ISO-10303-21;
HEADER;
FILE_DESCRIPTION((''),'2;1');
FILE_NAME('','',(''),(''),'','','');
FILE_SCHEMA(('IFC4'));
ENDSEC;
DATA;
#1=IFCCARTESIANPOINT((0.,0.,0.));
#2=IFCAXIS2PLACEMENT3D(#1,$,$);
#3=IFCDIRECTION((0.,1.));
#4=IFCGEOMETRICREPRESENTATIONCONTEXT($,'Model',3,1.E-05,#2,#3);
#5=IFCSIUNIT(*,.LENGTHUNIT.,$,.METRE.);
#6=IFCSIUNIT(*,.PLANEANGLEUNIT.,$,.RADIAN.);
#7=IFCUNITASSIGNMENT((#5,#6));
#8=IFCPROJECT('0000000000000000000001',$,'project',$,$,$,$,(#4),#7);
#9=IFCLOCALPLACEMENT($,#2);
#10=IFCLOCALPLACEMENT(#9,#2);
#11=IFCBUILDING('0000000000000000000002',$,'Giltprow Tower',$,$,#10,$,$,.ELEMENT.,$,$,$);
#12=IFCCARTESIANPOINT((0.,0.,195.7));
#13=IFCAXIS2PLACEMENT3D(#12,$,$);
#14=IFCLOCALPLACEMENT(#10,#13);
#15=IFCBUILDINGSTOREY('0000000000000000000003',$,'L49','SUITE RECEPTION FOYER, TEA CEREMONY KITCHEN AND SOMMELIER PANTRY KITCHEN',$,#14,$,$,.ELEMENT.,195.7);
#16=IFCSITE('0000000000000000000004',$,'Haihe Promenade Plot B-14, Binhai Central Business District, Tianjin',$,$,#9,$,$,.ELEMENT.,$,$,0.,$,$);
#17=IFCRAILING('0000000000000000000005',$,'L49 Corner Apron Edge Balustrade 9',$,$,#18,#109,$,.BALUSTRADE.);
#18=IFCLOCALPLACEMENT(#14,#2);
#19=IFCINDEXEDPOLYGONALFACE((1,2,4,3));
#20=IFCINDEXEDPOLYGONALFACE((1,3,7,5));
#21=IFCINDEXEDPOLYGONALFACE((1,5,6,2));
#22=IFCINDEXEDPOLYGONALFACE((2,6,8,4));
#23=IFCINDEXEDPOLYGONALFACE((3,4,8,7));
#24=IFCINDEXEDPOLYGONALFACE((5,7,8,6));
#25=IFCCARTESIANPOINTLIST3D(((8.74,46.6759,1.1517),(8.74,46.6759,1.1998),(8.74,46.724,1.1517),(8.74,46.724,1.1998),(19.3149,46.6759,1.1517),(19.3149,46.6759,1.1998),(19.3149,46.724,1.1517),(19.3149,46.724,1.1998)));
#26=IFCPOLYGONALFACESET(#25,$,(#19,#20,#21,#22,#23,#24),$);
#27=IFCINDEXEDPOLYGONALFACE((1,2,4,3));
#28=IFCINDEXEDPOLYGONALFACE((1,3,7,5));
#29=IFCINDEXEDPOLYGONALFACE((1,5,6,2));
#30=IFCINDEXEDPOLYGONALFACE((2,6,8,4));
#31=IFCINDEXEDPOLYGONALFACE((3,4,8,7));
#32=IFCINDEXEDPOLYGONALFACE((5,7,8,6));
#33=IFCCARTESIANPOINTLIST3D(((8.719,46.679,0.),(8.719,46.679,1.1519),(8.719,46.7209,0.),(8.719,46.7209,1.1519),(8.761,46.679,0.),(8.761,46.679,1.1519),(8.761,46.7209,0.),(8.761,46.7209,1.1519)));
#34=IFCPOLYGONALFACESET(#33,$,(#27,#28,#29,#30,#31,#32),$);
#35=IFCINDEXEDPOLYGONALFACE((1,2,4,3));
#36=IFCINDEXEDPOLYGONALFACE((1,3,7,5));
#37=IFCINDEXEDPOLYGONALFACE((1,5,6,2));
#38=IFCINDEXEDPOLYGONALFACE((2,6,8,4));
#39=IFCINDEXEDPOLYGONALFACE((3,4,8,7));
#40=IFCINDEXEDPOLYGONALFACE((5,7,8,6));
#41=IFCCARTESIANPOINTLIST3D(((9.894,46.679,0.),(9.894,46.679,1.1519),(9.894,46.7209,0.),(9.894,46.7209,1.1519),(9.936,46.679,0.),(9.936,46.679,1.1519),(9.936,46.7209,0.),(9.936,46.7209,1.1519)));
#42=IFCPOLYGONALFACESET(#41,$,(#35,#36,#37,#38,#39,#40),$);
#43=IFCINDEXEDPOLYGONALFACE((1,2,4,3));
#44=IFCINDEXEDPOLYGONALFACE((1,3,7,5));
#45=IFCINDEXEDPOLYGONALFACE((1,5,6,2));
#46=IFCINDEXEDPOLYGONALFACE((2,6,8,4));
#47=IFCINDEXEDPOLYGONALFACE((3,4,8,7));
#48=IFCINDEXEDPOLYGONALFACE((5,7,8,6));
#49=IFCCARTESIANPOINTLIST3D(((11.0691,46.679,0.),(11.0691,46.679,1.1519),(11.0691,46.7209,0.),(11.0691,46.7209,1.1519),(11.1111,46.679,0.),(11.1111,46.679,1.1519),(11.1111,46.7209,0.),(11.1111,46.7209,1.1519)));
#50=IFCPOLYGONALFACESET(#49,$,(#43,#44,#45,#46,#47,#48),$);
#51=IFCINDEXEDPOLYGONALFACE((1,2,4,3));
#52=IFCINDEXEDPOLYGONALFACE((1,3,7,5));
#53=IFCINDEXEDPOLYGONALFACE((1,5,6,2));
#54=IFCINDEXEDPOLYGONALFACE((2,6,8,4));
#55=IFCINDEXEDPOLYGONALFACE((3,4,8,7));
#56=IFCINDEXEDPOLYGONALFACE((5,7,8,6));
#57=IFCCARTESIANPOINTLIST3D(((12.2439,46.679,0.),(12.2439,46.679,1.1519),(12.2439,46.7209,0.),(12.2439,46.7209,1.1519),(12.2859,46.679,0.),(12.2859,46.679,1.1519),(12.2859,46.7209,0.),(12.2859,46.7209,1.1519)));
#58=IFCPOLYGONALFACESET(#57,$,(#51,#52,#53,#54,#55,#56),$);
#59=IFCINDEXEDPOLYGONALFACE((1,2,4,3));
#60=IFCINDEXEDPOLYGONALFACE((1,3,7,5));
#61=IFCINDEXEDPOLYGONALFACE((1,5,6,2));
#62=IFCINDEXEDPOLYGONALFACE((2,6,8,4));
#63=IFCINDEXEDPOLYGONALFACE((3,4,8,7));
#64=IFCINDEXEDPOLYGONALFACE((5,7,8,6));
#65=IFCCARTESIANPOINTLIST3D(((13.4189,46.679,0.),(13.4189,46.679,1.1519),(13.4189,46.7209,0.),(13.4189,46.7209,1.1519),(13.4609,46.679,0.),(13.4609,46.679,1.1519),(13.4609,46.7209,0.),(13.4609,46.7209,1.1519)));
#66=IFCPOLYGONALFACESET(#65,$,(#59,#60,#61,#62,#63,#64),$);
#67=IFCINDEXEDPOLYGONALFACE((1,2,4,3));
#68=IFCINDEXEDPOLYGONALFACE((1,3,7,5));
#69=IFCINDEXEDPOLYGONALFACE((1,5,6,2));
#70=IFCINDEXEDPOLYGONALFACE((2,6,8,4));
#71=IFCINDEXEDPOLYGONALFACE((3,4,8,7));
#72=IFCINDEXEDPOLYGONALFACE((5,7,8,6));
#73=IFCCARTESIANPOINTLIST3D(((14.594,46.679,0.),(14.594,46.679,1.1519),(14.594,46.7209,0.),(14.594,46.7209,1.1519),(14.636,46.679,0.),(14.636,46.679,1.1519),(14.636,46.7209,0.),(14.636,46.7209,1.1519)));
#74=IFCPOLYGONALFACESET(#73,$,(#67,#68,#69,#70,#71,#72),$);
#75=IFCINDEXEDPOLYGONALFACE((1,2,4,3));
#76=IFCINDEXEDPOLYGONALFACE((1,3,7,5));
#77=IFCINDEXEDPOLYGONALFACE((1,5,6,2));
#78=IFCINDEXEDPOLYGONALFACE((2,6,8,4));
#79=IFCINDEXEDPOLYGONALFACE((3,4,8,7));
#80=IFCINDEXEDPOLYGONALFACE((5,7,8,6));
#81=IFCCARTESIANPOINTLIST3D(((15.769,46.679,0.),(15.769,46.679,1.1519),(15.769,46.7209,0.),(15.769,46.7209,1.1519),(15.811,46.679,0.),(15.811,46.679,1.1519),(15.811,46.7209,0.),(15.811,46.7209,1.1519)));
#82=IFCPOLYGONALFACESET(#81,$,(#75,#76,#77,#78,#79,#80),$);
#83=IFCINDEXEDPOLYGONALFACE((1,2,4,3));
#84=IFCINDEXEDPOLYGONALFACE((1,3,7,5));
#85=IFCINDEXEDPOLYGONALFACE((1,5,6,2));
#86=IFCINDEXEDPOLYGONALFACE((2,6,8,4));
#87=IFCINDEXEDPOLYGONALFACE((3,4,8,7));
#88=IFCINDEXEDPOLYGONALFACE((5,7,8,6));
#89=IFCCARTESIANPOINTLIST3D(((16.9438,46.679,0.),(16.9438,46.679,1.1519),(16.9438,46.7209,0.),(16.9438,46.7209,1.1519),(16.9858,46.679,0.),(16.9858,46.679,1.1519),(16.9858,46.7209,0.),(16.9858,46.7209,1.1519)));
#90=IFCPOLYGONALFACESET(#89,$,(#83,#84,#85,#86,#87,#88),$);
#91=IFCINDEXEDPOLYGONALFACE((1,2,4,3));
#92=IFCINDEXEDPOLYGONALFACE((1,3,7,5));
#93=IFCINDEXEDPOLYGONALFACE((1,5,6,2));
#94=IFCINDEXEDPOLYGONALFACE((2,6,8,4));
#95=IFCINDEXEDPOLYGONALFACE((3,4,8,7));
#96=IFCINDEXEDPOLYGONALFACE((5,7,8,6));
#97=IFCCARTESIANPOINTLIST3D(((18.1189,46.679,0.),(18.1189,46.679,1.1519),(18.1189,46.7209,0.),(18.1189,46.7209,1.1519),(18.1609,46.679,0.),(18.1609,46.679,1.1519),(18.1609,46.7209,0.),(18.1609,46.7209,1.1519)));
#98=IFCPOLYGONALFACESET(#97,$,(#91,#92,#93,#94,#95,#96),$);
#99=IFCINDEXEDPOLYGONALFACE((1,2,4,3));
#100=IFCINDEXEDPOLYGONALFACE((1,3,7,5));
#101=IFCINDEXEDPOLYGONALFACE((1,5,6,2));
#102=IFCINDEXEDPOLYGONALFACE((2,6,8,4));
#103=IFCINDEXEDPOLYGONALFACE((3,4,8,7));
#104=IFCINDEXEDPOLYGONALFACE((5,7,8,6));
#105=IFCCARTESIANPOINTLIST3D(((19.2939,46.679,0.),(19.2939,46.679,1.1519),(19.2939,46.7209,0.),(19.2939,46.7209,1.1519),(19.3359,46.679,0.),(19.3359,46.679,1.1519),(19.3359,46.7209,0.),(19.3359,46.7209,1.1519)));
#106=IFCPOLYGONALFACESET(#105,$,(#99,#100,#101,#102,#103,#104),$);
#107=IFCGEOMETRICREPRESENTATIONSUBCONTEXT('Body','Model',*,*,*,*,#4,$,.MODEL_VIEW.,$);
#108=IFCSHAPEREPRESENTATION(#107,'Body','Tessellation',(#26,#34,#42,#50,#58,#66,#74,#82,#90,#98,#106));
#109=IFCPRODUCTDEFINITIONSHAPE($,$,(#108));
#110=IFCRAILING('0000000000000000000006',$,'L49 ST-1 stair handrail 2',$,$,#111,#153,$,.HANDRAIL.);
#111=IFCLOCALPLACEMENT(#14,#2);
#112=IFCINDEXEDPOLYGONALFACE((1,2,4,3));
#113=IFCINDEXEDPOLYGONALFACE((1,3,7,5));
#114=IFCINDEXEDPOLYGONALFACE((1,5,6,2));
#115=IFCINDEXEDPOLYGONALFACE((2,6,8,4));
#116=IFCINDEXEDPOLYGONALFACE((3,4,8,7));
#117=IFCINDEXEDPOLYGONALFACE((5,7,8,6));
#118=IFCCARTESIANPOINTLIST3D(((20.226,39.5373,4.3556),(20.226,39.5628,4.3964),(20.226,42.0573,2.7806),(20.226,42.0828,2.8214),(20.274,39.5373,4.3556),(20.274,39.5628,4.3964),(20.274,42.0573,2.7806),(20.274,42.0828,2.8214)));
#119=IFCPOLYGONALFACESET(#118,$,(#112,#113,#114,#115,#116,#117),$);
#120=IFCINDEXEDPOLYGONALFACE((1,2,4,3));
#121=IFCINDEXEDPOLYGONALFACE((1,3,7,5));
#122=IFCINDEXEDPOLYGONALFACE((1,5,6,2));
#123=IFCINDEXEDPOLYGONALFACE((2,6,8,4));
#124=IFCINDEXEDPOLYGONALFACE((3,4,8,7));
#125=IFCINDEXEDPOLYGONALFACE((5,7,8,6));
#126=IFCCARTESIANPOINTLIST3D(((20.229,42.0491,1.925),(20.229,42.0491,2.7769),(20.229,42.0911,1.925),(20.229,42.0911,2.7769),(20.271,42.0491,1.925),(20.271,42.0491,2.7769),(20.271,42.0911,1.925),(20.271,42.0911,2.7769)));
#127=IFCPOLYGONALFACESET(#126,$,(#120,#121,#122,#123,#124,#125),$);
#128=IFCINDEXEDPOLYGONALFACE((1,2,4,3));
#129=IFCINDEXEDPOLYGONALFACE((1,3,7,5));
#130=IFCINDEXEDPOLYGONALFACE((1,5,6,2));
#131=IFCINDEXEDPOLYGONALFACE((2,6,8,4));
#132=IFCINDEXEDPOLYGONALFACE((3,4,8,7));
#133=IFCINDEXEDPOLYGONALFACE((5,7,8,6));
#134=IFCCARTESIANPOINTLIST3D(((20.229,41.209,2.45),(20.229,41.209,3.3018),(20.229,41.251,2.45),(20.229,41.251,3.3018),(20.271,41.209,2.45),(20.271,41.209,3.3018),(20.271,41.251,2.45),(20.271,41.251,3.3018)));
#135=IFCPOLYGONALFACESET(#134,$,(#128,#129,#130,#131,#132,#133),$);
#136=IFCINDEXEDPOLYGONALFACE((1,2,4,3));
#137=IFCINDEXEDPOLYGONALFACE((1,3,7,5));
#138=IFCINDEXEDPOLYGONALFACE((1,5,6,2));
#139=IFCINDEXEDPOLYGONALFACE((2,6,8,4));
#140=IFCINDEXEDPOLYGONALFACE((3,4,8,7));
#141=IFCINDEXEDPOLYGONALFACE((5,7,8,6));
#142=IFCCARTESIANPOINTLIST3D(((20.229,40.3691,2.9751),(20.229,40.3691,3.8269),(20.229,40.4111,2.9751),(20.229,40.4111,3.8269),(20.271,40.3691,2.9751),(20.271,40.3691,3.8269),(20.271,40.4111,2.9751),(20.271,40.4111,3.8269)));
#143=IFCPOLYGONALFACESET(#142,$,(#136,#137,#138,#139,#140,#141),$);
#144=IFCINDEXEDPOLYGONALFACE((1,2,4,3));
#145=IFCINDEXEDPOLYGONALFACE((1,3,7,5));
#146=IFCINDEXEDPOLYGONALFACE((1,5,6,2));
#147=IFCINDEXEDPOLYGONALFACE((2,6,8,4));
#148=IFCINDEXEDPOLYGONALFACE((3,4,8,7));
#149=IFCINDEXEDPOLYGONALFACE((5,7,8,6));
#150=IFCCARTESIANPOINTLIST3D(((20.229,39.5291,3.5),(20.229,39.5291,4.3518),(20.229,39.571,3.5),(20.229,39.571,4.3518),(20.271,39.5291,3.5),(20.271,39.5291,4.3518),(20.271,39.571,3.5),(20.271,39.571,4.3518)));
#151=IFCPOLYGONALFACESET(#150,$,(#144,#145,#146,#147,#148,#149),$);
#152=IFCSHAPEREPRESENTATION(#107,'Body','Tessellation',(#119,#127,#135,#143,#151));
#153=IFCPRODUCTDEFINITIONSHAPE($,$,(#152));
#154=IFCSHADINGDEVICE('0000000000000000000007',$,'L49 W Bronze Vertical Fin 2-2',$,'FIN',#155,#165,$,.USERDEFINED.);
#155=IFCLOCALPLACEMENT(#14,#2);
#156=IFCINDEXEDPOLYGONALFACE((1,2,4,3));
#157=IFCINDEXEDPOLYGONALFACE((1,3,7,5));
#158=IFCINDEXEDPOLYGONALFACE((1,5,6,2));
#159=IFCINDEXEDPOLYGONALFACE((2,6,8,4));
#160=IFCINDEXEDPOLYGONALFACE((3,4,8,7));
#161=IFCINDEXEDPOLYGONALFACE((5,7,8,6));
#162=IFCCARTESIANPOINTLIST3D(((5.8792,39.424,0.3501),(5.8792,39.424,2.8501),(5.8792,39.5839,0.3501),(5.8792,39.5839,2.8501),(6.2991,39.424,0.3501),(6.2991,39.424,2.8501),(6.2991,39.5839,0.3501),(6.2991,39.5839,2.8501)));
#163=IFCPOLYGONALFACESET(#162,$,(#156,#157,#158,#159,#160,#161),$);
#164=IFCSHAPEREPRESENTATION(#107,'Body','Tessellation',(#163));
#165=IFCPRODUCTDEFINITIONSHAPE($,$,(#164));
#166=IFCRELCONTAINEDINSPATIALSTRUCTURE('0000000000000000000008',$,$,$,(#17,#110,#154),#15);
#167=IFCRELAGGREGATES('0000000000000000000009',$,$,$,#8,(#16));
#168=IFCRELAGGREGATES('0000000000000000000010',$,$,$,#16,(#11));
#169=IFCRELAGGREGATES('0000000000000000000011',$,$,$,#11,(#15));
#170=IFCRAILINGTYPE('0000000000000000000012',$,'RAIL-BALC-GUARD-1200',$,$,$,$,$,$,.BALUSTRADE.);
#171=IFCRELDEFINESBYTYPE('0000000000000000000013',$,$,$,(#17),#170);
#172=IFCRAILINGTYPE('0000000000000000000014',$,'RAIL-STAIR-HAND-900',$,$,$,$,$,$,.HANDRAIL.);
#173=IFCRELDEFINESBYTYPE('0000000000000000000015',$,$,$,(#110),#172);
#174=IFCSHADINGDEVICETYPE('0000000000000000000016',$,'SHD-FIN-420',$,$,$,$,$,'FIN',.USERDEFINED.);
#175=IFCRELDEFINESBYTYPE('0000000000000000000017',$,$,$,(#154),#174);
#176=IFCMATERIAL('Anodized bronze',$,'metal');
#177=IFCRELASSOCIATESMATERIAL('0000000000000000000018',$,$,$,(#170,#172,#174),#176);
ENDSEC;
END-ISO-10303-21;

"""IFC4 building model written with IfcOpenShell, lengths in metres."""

from ifc_helpers import new_model, si_unit, direction, frame, origin, origin_2d, place, context, subcontext, project, spatial, rectangle, extrude, source, transform, mapped, material, type_object, element, save


model = new_model("IFC4")

# Units and contexts
model_context = context("Model", 3, precision=1e-05, world=origin(), true_north=direction((0.0, 1.0)))
body_context = subcontext(model_context, "Body", "Model", "MODEL_VIEW")
ifc_project = project(units=[si_unit("LENGTHUNIT", "METRE"), si_unit("PLANEANGLEUNIT", "RADIAN")], contexts=[model_context])

# Site, building, storey
site_placement = place(None, origin())
site = spatial("IfcSite", under=ifc_project, at=site_placement, Name="Haihe Promenade Plot B-14, Binhai Central Business District, Tianjin", CompositionType="ELEMENT", RefElevation=0.0)
building_placement = place(site_placement, origin())
building = spatial("IfcBuilding", under=site, at=building_placement, Name="Giltprow Tower", CompositionType="ELEMENT")
storey_placement = place(building_placement, frame((0.0, 0.0, 195.7)))
storey = spatial("IfcBuildingStorey", under=building, at=storey_placement, Name="L49", Description="SUITE RECEPTION FOYER, TEA CEREMONY KITCHEN AND SOMMELIER PANTRY KITCHEN", CompositionType="ELEMENT", Elevation=195.7)

# Railings
ifc_material_1 = material(Name="Anodized bronze", Category="metal")
railing_type_1 = type_object("IfcRailingType", Name="RAIL-BALC-GUARD-1200", PredefinedType="BALUSTRADE", material=ifc_material_1)
railing_1_placement = place(storey_placement, frame((8.74, 46.7, 0.0)))
element("IfcRailing", 1, at=railing_1_placement, inside=storey, type_object=railing_type_1, Name="L49 Corner Apron Edge Balustrade 9", PredefinedType="BALUSTRADE", context=body_context, shape_type="SweptSolid", body=[
    extrude(rectangle(XDim=0.0481, YDim=0.0481, at=origin_2d()), frame((0.0, 0.0, 1.1758), z_axis=(1.0, 0.0, 0.0), x_axis=(0.0, 1.0, 0.0)), (0.0, 0.0, 1.0), 10.575),
    extrude(rectangle(XDim=0.042, YDim=0.042, at=origin_2d()), origin(), (0.0, 0.0, 1.0), 1.1519),
    extrude(rectangle(XDim=0.042, YDim=0.042, at=origin_2d()), frame((1.175, 0.0, 0.0)), (0.0, 0.0, 1.0), 1.1519),
    extrude(rectangle(XDim=0.042, YDim=0.042, at=origin_2d()), frame((2.3501, 0.0, 0.0)), (0.0, 0.0, 1.0), 1.1519),
    extrude(rectangle(XDim=0.042, YDim=0.042, at=origin_2d()), frame((3.5249, 0.0, 0.0)), (0.0, 0.0, 1.0), 1.1519),
    extrude(rectangle(XDim=0.042, YDim=0.042, at=origin_2d()), frame((4.7, 0.0, 0.0)), (0.0, 0.0, 1.0), 1.1519),
    extrude(rectangle(XDim=0.042, YDim=0.042, at=origin_2d()), frame((5.875, 0.0, 0.0)), (0.0, 0.0, 1.0), 1.1519),
    extrude(rectangle(XDim=0.042, YDim=0.042, at=origin_2d()), frame((7.05, 0.0, 0.0)), (0.0, 0.0, 1.0), 1.1519),
    extrude(rectangle(XDim=0.042, YDim=0.042, at=origin_2d()), frame((8.2249, 0.0, 0.0)), (0.0, 0.0, 1.0), 1.1519),
    extrude(rectangle(XDim=0.042, YDim=0.042, at=origin_2d()), frame((9.3999, 0.0, 0.0)), (0.0, 0.0, 1.0), 1.1519),
    extrude(rectangle(XDim=0.042, YDim=0.042, at=origin_2d()), frame((10.575, 0.0, 0.0)), (0.0, 0.0, 1.0), 1.1519),
])
railing_type_2 = type_object("IfcRailingType", Name="RAIL-STAIR-HAND-900", PredefinedType="HANDRAIL", material=ifc_material_1)
railing_2_placement = place(storey_placement, frame((20.25, 42.0701, 1.925)))
element("IfcRailing", 2, at=railing_2_placement, inside=storey, type_object=railing_type_2, Name="L49 ST-1 stair handrail 2", PredefinedType="HANDRAIL", context=body_context, shape_type="SweptSolid", body=[
    extrude(rectangle(XDim=0.0481, YDim=0.0481, at=origin_2d()), frame((0.0, 0.0, 0.876), z_axis=(0.0, -0.848008, 0.529984), x_axis=(1.0, 0.0, 0.0)), (0.0, 0.0, 1.0), 2.9717),
    extrude(rectangle(XDim=0.042, YDim=0.042, at=origin_2d()), origin(), (0.0, 0.0, 1.0), 0.8518),
    extrude(rectangle(XDim=0.042, YDim=0.042, at=origin_2d()), frame((0.0, -0.8401, 0.5249)), (0.0, 0.0, 1.0), 0.8518),
    extrude(rectangle(XDim=0.042, YDim=0.042, at=origin_2d()), frame((0.0, -1.6799, 1.05)), (0.0, 0.0, 1.0), 0.8518),
    extrude(rectangle(XDim=0.042, YDim=0.042, at=origin_2d()), frame((0.0, -2.52, 1.575)), (0.0, 0.0, 1.0), 0.8518),
])

# Shading device
shading_device_type = type_object("IfcShadingDeviceType", Name="SHD-FIN-420", ElementType="FIN", PredefinedType="USERDEFINED", material=ifc_material_1)
shared_shape_1 = source(origin(), body_context, "Body", "SweptSolid", [
    extrude(rectangle(XDim=0.4199, YDim=0.1599, at=origin_2d()), origin(), (0.0, 0.0, 1.0), 2.5),
])
shading_device_placement = place(storey_placement, frame((6.0891, 39.5039, 0.3501), z_axis=(0.0, 0.0, 1.0), x_axis=(1.0, 0.0, 0.0)))
element("IfcShadingDevice", 3, at=shading_device_placement, inside=storey, type_object=shading_device_type, Name="L49 W Bronze Vertical Fin 2-2", ObjectType="FIN", PredefinedType="USERDEFINED", context=body_context, shape_type="MappedRepresentation", body=[
    mapped(shared_shape_1, transform((0.0, 0.0, 0.0), x_axis=(1.0, 0.0, 0.0), y_axis=(0.0, 1.0, 0.0), z_axis=(0.0, 0.0, 1.0), scale=1.0)),
])

save(model, "model.ifc")
